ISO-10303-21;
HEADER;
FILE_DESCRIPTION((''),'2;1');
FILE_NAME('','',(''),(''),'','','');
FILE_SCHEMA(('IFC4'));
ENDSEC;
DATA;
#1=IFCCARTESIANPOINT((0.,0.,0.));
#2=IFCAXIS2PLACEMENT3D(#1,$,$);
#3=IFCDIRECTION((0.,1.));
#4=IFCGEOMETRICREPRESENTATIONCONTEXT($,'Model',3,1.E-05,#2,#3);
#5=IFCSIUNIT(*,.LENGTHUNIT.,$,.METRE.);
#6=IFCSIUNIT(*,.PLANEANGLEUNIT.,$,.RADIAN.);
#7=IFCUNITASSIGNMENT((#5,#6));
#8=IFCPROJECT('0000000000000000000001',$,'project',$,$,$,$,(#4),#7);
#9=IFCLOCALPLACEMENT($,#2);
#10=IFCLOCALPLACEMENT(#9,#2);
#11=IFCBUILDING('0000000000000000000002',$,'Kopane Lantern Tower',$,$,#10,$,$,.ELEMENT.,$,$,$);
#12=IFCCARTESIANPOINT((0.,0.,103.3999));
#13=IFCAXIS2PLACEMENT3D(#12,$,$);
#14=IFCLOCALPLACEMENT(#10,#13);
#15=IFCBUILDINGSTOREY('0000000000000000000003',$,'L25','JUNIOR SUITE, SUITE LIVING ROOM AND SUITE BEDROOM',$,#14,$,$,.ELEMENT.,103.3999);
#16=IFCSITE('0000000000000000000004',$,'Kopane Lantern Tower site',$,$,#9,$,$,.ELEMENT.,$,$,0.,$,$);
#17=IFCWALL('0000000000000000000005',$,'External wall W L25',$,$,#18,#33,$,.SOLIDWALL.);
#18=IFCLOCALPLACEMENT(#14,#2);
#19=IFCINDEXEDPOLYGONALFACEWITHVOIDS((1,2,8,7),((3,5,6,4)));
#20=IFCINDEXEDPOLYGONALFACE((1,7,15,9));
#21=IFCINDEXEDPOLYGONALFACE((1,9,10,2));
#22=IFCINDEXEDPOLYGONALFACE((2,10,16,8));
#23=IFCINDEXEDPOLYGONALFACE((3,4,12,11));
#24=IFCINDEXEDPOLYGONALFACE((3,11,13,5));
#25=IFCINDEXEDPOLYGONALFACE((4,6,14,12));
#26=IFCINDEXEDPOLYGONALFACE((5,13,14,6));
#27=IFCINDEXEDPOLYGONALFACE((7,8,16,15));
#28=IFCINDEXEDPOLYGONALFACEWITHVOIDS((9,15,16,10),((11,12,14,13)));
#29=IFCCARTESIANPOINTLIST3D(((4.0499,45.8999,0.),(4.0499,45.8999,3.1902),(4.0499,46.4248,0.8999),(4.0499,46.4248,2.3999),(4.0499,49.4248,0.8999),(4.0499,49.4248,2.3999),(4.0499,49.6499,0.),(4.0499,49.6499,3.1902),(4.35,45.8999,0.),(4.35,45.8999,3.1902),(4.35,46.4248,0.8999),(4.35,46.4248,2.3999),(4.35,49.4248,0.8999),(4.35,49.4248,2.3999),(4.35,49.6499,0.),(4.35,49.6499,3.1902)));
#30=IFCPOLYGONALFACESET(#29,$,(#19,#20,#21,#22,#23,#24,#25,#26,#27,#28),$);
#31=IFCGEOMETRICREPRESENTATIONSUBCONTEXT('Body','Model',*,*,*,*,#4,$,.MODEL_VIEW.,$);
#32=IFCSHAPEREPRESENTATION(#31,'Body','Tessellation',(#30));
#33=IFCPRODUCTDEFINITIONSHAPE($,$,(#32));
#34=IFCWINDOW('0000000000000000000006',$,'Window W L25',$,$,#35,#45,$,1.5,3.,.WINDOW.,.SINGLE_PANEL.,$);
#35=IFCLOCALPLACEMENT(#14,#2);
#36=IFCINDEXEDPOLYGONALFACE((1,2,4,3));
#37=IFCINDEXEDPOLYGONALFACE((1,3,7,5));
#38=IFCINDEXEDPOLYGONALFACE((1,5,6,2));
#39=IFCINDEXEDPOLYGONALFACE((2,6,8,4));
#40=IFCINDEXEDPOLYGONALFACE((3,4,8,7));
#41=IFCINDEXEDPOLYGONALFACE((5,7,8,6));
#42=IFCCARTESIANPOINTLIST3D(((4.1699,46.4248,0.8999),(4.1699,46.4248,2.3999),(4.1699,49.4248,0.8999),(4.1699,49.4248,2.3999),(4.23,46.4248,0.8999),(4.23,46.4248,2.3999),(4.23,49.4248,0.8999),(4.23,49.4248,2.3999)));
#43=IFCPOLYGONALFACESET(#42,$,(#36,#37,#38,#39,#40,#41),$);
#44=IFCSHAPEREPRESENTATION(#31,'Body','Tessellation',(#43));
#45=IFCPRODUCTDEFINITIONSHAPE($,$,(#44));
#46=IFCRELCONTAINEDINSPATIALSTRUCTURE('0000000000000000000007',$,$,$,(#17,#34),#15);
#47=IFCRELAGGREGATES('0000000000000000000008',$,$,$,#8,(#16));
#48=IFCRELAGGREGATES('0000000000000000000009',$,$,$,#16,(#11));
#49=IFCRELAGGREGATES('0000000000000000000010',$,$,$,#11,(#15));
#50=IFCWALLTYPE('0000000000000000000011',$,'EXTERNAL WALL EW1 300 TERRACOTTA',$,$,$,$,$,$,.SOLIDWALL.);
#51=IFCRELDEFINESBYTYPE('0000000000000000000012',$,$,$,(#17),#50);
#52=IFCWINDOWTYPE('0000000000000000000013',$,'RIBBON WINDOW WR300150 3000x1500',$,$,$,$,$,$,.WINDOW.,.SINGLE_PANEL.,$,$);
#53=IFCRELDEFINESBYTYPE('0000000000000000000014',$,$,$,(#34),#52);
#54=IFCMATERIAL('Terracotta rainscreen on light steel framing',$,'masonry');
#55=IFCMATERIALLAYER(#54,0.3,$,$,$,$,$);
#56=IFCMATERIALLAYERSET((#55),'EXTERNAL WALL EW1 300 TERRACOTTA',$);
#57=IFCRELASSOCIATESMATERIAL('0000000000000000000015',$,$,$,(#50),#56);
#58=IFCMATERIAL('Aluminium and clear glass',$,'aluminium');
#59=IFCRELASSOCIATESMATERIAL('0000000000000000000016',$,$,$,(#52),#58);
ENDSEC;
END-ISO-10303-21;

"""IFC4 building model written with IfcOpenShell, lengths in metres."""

from ifc_helpers import new_model, si_unit, direction, frame, frame_2d, origin, place, context, subcontext, project, spatial, rectangle, extrude, material, layer, layer_set, type_object, element, fill, save


model = new_model("IFC4")

# Units and contexts
model_context = context("Model", 3, precision=1e-05, world=origin(), true_north=direction((0.0, 1.0)))
body_context = subcontext(model_context, "Body", "Model", "MODEL_VIEW")
ifc_project = project(units=[si_unit("LENGTHUNIT", "METRE"), si_unit("PLANEANGLEUNIT", "RADIAN")], contexts=[model_context])

# Site, building, storey
site_placement = place(None, origin())
site = spatial("IfcSite", under=ifc_project, at=site_placement, Name="Kopane Lantern Tower site", CompositionType="ELEMENT", RefElevation=0.0)
building_placement = place(site_placement, origin())
building = spatial("IfcBuilding", under=site, at=building_placement, Name="Kopane Lantern Tower", CompositionType="ELEMENT")
storey_placement = place(building_placement, frame((0.0, 0.0, 103.3999)))
storey = spatial("IfcBuildingStorey", under=building, at=storey_placement, Name="L25", Description="JUNIOR SUITE, SUITE LIVING ROOM AND SUITE BEDROOM", CompositionType="ELEMENT", Elevation=103.3999)

# Wall, opening, window
ifc_material_1 = material(Name="Terracotta rainscreen on light steel framing", Category="masonry")
ifc_layer_1 = layer(ifc_material_1, 0.3)
ifc_layer_set_1 = layer_set([ifc_layer_1], Name="EXTERNAL WALL EW1 300 TERRACOTTA")
wall_type_1 = type_object("IfcWallType", Name="EXTERNAL WALL EW1 300 TERRACOTTA", PredefinedType="SOLIDWALL", material=ifc_layer_set_1)
ifc_material_2 = material(Name="Aluminium and clear glass", Category="aluminium")
window_type = type_object("IfcWindowType", Name="RIBBON WINDOW WR300150 3000x1500", PartitioningType="SINGLE_PANEL", PredefinedType="WINDOW", material=ifc_material_2)
wall_1_placement = place(storey_placement, frame((4.2, 49.6499, 0.0), z_axis=(0.0, 0.0, 1.0), x_axis=(0.0, -1.0, 0.0)))
wall_1 = element("IfcWall", 1, at=wall_1_placement, inside=storey, type_object=wall_type_1, Name="External wall W L25", PredefinedType="SOLIDWALL", context=body_context, shape_type="SweptSolid", body=[
    extrude(rectangle(XDim=3.75, YDim=0.3, at=frame_2d((1.875, 0.0))), origin(), (0.0, 0.0, 1.0), 3.1902),
])
opening_1_placement = place(wall_1_placement, frame((0.2251, 0.0, 0.8999)))
opening_1 = element("IfcOpeningElement", 2, at=opening_1_placement, cuts=wall_1, PredefinedType="OPENING", context=body_context, shape_type="SweptSolid", body=[
    extrude(rectangle(XDim=3.0, YDim=1.5, at=frame_2d((1.5, 0.75))), frame((0.0, 0.1599, 0.0), z_axis=(0.0, -1.0, 0.0), x_axis=(1.0, 0.0, 0.0)), (0.0, 0.0, 1.0), 0.3201),
])
window_1_placement = place(opening_1_placement, origin())
window_1 = element("IfcWindow", 3, at=window_1_placement, inside=storey, type_object=window_type, Name="Window W L25", OverallHeight=1.5, OverallWidth=3.0, PartitioningType="SINGLE_PANEL", PredefinedType="WINDOW", context=body_context, shape_type="SweptSolid", body=[
    extrude(rectangle(XDim=3.0, YDim=1.5, at=frame_2d((1.5, 0.75))), frame((0.0, 0.03, 0.0), z_axis=(0.0, -1.0, 0.0), x_axis=(1.0, 0.0, 0.0)), (0.0, 0.0, 1.0), 0.0601),
])
fill(opening_1, window_1)

save(model, "model.ifc")
